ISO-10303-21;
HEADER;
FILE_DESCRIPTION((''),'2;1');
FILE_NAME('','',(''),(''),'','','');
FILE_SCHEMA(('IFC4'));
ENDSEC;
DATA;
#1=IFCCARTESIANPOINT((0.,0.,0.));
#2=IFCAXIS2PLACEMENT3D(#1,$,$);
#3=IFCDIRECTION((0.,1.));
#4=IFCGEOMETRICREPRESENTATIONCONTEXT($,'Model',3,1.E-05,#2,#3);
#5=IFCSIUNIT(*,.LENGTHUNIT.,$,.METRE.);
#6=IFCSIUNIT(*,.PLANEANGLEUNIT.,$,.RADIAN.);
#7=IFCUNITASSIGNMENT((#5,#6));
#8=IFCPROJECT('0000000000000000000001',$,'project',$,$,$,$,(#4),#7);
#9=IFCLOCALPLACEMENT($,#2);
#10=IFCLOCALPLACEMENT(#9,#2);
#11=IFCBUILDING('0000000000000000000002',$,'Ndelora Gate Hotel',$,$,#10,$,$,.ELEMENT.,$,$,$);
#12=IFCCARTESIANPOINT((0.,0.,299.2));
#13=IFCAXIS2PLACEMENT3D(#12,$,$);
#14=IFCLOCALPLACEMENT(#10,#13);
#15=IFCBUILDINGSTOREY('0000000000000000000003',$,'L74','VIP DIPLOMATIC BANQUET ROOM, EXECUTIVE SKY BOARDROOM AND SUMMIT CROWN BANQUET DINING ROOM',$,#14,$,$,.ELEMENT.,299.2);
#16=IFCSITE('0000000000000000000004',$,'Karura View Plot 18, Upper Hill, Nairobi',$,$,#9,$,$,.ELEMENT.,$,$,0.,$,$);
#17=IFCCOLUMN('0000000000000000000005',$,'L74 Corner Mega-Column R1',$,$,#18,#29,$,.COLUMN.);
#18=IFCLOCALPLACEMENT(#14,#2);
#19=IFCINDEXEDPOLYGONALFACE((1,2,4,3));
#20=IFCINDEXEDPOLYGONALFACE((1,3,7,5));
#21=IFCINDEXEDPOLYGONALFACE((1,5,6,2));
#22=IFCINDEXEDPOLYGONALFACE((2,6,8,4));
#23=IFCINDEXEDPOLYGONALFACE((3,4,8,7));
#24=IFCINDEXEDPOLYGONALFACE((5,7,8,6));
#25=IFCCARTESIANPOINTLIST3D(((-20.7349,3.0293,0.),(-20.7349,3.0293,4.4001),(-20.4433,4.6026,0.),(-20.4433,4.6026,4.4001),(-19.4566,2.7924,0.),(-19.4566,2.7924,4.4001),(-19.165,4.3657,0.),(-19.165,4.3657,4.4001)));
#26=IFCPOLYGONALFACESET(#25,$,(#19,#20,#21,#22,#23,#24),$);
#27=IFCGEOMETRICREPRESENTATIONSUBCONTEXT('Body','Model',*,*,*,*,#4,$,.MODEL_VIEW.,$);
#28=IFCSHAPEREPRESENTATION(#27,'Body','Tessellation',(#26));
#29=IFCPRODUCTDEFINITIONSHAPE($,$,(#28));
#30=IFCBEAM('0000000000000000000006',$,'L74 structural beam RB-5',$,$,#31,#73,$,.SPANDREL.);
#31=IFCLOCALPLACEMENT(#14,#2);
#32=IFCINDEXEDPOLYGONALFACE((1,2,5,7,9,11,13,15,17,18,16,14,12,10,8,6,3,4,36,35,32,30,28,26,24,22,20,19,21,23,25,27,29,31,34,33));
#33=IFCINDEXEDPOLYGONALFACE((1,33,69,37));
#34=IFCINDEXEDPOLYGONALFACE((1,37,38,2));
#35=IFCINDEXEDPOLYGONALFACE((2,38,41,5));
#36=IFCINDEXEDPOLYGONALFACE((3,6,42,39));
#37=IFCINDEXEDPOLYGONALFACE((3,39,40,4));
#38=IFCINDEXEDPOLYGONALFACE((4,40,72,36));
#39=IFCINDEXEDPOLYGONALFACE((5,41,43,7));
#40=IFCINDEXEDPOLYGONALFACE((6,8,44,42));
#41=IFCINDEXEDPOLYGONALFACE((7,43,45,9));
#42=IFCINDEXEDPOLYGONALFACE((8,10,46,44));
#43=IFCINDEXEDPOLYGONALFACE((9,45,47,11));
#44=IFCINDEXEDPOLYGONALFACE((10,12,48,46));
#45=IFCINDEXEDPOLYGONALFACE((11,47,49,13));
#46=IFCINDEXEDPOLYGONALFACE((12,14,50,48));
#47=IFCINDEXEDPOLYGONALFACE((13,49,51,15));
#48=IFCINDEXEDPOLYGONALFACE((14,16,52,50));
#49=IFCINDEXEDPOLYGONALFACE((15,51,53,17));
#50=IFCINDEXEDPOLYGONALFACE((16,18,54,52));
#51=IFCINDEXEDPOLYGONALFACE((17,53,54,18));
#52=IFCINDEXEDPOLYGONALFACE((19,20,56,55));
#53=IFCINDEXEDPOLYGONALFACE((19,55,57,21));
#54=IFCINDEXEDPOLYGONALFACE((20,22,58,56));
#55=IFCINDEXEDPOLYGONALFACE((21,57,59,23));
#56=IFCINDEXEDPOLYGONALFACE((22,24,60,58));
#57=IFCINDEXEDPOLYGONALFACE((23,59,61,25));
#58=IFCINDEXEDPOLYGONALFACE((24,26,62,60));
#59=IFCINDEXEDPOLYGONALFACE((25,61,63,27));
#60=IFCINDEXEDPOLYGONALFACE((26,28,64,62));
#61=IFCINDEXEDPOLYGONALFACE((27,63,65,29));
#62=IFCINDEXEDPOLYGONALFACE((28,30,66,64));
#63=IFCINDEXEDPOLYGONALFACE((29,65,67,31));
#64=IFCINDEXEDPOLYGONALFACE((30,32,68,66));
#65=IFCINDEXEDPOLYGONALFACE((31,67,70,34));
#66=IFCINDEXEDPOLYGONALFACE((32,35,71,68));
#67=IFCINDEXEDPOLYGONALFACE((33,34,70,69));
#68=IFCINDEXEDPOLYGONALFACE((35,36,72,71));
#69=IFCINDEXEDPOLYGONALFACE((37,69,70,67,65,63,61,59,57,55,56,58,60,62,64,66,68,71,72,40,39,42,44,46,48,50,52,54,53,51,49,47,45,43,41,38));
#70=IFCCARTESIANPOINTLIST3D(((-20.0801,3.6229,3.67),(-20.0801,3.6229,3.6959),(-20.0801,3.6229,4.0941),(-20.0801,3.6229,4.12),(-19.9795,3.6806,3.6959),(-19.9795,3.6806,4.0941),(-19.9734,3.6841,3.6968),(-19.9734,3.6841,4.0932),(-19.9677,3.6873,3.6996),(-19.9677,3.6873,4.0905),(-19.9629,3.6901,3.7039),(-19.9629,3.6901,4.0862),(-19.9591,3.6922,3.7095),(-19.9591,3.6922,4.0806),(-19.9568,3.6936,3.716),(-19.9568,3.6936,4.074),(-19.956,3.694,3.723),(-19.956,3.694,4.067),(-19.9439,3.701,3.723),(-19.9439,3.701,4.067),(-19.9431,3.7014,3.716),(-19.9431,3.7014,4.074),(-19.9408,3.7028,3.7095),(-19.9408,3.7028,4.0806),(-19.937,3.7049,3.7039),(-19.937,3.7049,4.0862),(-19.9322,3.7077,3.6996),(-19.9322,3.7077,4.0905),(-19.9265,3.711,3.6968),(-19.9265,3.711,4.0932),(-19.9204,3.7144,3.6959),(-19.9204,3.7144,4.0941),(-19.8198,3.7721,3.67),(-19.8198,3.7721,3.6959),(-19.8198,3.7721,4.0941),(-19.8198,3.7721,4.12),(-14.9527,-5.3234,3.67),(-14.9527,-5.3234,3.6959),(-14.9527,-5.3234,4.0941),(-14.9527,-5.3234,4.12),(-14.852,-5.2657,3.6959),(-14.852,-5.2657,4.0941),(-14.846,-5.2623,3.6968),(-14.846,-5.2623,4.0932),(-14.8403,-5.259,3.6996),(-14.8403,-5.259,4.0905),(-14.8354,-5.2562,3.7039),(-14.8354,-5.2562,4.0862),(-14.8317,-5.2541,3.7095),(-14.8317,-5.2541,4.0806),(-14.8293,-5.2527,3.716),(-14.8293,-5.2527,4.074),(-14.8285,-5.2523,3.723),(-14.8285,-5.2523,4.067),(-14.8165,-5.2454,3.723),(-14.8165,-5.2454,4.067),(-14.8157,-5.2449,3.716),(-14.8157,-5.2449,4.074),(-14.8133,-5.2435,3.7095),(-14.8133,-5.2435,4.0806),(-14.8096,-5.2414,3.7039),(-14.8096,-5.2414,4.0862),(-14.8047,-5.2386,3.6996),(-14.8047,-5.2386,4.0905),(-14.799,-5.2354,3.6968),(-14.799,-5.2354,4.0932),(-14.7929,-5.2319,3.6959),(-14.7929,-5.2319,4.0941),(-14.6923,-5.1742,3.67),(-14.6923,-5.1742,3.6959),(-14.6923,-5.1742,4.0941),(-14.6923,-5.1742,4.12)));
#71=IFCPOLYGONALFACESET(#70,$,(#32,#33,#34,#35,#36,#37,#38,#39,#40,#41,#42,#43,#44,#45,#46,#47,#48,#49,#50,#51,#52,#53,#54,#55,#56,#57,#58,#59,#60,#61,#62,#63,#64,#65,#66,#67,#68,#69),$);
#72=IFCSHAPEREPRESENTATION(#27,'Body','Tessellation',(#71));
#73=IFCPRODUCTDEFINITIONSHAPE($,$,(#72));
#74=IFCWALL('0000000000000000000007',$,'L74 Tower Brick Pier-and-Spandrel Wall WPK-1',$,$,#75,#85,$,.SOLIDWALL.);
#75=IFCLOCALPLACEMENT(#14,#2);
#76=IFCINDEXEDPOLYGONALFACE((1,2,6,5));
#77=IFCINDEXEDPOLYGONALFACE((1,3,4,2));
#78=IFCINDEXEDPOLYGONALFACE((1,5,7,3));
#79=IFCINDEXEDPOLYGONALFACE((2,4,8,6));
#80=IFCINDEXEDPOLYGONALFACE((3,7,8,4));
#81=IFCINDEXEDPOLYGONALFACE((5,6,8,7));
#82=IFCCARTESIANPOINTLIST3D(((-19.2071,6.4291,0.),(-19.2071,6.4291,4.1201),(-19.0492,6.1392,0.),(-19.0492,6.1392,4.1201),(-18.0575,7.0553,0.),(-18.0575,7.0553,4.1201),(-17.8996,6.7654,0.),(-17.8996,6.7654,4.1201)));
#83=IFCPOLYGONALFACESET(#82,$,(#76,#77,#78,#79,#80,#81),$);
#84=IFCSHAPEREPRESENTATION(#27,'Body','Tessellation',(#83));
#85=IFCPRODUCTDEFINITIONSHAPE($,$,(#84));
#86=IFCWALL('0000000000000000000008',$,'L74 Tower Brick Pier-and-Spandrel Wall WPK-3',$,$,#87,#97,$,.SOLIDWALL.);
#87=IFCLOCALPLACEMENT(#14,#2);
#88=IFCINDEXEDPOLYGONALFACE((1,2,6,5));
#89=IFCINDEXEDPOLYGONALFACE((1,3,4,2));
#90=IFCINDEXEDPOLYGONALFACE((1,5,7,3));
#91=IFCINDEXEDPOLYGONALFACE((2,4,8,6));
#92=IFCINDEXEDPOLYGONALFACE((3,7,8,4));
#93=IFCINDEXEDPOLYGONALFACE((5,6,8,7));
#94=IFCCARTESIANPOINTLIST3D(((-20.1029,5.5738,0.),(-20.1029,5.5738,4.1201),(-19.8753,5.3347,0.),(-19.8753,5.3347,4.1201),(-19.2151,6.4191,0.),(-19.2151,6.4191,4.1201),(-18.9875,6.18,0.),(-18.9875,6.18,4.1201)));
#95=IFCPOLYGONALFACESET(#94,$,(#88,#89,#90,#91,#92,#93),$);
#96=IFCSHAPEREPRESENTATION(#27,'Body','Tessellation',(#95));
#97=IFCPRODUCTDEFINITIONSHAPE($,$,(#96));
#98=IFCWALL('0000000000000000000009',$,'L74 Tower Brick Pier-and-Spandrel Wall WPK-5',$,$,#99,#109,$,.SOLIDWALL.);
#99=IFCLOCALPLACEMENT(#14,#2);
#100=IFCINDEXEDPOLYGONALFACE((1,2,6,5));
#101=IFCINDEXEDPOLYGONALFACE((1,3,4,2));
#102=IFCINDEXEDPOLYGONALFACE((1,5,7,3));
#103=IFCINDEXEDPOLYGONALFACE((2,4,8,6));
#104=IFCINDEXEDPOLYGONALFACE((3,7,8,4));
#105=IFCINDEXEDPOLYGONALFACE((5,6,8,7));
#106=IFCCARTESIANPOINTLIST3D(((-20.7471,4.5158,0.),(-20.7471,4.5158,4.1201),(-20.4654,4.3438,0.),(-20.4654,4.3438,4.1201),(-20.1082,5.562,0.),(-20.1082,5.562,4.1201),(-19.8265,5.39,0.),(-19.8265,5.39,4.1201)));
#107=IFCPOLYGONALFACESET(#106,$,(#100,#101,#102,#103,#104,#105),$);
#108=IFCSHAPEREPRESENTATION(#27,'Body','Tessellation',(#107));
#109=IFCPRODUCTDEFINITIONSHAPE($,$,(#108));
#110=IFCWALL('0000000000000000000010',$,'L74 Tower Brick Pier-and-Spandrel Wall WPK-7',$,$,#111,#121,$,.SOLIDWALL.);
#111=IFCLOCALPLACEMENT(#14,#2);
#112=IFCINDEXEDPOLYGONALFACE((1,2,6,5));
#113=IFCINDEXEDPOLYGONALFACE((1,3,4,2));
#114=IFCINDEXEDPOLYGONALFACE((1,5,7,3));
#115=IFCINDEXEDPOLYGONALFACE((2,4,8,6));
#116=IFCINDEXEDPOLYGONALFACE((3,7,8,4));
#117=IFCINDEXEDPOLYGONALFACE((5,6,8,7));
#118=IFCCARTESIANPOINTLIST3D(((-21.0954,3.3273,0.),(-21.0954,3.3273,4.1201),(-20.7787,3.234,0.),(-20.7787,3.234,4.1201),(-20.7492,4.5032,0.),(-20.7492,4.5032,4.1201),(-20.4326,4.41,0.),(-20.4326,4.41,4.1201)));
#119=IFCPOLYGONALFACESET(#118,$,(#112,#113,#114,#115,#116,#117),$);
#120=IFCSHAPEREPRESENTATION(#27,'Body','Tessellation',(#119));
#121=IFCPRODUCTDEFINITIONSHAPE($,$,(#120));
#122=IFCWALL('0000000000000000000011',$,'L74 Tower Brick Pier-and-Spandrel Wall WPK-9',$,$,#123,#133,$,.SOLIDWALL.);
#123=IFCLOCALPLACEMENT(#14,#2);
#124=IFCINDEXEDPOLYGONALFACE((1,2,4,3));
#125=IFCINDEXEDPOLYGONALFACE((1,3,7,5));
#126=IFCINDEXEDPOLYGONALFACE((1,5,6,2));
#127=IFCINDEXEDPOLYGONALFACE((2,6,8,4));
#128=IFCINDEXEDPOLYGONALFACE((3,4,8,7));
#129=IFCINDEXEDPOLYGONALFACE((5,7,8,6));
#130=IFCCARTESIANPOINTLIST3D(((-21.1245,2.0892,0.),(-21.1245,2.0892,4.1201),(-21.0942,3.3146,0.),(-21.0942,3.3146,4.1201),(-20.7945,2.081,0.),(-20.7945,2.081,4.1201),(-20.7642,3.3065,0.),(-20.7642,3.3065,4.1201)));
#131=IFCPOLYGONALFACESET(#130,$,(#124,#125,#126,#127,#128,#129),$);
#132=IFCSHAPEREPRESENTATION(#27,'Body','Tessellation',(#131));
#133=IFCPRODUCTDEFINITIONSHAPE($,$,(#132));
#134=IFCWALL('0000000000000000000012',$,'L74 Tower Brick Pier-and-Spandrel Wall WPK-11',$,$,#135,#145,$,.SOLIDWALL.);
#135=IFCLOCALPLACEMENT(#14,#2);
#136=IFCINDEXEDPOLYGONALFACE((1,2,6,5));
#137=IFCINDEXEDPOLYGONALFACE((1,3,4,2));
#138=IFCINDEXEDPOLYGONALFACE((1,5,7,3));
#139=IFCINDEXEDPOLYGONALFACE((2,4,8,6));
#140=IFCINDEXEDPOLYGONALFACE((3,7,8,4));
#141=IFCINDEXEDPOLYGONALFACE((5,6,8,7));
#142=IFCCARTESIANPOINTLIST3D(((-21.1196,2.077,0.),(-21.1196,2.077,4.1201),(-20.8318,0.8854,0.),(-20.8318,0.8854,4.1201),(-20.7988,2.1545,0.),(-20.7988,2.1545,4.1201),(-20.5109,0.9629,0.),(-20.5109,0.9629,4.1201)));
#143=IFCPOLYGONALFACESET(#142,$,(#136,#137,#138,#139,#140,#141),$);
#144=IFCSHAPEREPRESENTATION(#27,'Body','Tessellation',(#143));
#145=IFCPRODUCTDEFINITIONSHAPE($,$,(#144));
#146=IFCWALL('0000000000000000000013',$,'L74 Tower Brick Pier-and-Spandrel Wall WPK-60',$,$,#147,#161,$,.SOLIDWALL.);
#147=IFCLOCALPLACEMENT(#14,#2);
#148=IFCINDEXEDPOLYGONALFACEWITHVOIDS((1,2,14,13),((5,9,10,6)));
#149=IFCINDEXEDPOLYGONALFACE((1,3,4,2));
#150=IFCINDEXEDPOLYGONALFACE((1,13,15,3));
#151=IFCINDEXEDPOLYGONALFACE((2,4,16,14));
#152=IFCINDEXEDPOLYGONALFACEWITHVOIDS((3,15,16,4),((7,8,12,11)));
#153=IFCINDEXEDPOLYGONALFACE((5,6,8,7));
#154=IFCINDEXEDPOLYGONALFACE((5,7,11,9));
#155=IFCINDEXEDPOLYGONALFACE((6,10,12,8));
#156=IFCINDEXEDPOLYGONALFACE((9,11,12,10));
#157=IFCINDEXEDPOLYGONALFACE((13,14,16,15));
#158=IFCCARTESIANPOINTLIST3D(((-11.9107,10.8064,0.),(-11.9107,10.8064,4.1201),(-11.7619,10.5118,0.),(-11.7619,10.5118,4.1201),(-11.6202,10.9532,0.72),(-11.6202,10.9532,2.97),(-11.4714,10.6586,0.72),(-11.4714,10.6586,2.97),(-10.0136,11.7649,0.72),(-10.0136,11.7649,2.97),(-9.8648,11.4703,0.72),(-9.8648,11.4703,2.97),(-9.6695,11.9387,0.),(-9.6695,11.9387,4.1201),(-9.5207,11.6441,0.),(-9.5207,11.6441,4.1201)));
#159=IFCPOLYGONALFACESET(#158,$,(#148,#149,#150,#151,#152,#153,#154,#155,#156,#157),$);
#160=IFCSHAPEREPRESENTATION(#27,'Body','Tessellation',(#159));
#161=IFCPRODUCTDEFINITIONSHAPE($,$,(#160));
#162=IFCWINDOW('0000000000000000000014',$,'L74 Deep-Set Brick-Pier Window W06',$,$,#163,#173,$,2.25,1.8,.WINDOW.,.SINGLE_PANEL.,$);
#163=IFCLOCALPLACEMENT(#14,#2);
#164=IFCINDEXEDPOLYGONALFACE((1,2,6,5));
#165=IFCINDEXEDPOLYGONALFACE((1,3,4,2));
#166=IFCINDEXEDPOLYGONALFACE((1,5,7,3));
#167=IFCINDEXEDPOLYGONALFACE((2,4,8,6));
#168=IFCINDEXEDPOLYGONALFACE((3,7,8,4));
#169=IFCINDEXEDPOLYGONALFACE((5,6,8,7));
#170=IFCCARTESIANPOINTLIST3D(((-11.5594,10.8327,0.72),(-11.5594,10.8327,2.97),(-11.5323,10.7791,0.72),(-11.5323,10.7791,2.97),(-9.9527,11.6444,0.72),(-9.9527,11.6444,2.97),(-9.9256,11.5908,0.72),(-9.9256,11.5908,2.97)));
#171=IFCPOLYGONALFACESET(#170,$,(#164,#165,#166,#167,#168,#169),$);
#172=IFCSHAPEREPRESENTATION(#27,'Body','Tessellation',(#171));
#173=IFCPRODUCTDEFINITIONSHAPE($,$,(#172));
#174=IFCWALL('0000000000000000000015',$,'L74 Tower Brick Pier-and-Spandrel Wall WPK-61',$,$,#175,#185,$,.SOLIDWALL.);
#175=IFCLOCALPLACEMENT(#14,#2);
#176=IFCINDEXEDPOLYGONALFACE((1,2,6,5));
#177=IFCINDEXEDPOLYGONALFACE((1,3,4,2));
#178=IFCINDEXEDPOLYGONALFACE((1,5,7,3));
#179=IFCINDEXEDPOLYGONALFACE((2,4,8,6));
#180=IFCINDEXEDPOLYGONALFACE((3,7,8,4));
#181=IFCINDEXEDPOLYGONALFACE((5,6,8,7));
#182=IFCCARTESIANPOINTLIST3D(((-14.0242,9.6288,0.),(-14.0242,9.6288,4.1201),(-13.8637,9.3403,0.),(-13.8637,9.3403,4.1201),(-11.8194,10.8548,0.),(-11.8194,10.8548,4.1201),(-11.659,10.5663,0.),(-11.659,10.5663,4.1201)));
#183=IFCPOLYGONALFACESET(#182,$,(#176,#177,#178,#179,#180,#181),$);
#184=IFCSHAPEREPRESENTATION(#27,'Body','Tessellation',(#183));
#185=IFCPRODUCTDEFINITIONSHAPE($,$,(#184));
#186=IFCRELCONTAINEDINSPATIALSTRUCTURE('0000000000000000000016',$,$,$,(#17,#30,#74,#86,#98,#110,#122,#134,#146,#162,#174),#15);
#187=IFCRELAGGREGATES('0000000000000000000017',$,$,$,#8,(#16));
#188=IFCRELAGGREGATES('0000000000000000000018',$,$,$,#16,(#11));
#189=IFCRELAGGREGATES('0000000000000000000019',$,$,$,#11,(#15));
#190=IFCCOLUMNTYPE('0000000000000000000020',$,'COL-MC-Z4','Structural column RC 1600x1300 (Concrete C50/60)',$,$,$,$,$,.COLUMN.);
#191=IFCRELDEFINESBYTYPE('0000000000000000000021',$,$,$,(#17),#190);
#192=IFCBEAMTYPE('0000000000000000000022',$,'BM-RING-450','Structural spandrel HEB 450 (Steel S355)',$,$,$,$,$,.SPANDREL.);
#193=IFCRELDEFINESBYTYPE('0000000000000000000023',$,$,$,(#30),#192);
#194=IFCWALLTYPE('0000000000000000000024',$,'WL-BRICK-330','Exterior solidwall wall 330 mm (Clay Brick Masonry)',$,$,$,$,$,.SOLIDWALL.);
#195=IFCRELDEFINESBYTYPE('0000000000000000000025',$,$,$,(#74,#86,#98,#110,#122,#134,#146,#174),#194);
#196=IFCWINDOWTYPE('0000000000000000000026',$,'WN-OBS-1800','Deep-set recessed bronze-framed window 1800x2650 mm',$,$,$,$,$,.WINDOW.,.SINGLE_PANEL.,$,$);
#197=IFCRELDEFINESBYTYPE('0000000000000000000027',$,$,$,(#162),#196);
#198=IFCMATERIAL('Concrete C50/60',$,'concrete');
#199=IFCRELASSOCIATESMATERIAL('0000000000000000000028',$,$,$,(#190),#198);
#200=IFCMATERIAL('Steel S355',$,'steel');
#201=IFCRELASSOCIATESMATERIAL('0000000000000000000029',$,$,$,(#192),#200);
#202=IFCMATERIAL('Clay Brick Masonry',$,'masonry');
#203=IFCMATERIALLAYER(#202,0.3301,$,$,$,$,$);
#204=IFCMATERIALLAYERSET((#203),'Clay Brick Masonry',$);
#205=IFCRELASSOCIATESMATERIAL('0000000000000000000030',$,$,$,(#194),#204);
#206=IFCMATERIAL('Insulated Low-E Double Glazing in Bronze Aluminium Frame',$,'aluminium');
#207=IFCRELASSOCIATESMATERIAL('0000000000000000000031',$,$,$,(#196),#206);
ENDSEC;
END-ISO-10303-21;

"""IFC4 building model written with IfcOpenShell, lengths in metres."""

from ifc_helpers import new_model, si_unit, direction, frame, frame_2d, origin, origin_2d, place, context, subcontext, project, spatial, rectangle, i_section, extrude, material, layer, layer_set, material_profile, profile_set, type_object, element, fill, save


model = new_model("IFC4")

# Units and contexts
model_context = context("Model", 3, precision=1e-05, world=origin(), true_north=direction((0.0, 1.0)))
body_context = subcontext(model_context, "Body", "Model", "MODEL_VIEW")
ifc_project = project(units=[si_unit("LENGTHUNIT", "METRE"), si_unit("PLANEANGLEUNIT", "RADIAN")], contexts=[model_context])

# Site, building, storey
site_placement = place(None, origin())
site = spatial("IfcSite", under=ifc_project, at=site_placement, Name="Karura View Plot 18, Upper Hill, Nairobi", CompositionType="ELEMENT", RefElevation=0.0)
building_placement = place(site_placement, origin())
building = spatial("IfcBuilding", under=site, at=building_placement, Name="Ndelora Gate Hotel", CompositionType="ELEMENT")
storey_placement = place(building_placement, frame((0.0, 0.0, 299.2)))
storey = spatial("IfcBuildingStorey", under=building, at=storey_placement, Name="L74", Description="VIP DIPLOMATIC BANQUET ROOM, EXECUTIVE SKY BOARDROOM AND SUMMIT CROWN BANQUET DINING ROOM", CompositionType="ELEMENT", Elevation=299.2)

# Column
ifc_material_1 = material(Name="Concrete C50/60", Category="concrete")
ifc_material_profile_1 = material_profile(ifc_material_1, rectangle(XDim=1.3, YDim=1.6001, at=origin_2d()), Name="RC 1600x1300")
ifc_profile_set_1 = profile_set([ifc_material_profile_1], Name="Concrete C50/60")
column_type = type_object("IfcColumnType", Name="COL-MC-Z4", Description="Structural column RC 1600x1300 (Concrete C50/60)", PredefinedType="COLUMN", material=ifc_profile_set_1)
column_placement = place(storey_placement, frame((-19.95, 3.6975, 0.0), z_axis=(0.0, 0.0, 1.0), x_axis=(-0.983255, 0.182236, 0.0)))
element("IfcColumn", 1, at=column_placement, inside=storey, type_object=column_type, Name="L74 Corner Mega-Column R1", PredefinedType="COLUMN", context=body_context, shape_type="SweptSolid", body=[
    extrude(rectangle(XDim=1.3, YDim=1.6001, at=origin_2d()), origin(), (0.0, 0.0, 1.0), 4.4001),
])

# Beam
ifc_material_2 = material(Name="Steel S355", Category="steel")
ifc_material_profile_2 = material_profile(ifc_material_2, i_section(OverallWidth=0.3, OverallDepth=0.45, WebThickness=0.0139, FlangeThickness=0.0259, FilletRadius=0.0271, at=origin_2d()), Name="HEB 450")
ifc_profile_set_2 = profile_set([ifc_material_profile_2], Name="Steel S355")
beam_type = type_object("IfcBeamType", Name="BM-RING-450", Description="Structural spandrel HEB 450 (Steel S355)", PredefinedType="SPANDREL", material=ifc_profile_set_2)
beam_placement = place(storey_placement, frame((-19.95, 3.6975, 3.895), z_axis=(0.497255, -0.867604, 0.0), x_axis=(0.867604, 0.497255, 0.0)))
element("IfcBeam", 2, at=beam_placement, inside=storey, type_object=beam_type, Name="L74 structural beam RB-5", PredefinedType="SPANDREL", context=body_context, shape_type="SweptSolid", body=[
    extrude(i_section(OverallWidth=0.3, OverallDepth=0.45, WebThickness=0.0139, FlangeThickness=0.0259, FilletRadius=0.0271, at=origin_2d()), origin(), (0.0, 0.0, 1.0), 10.3115),
])

# Walls
ifc_material_3 = material(Name="Clay Brick Masonry", Category="masonry")
ifc_layer_1 = layer(ifc_material_3, 0.3301)
ifc_layer_set_1 = layer_set([ifc_layer_1], Name="Clay Brick Masonry")
wall_type_1 = type_object("IfcWallType", Name="WL-BRICK-330", Description="Exterior solidwall wall 330 mm (Clay Brick Masonry)", PredefinedType="SOLIDWALL", material=ifc_layer_set_1)
wall_1_placement = place(storey_placement, frame((-19.1282, 6.2842, 0.0), z_axis=(0.0, 0.0, 1.0), x_axis=(0.878173, 0.478342, 0.0)))
element("IfcWall", 3, at=wall_1_placement, inside=storey, type_object=wall_type_1, Name="L74 Tower Brick Pier-and-Spandrel Wall WPK-1", PredefinedType="SOLIDWALL", context=body_context, shape_type="SweptSolid", body=[
    extrude(rectangle(XDim=1.3091, YDim=0.3301, at=frame_2d((0.6545, 0.0))), origin(), (0.0, 0.0, 1.0), 4.1201),
])
for number, where, z_axis, x_axis, name in (
    (4, (-19.989, 5.4543, 0.0), (0.0, 0.0, 1.0), (0.724223, 0.689566, 0.0), "L74 Tower Brick Pier-and-Spandrel Wall WPK-3"),
    (5, (-20.6062, 4.4299, 0.0), (0.0, 0.0, 1.0), (0.521216, 0.853425, 0.0), "L74 Tower Brick Pier-and-Spandrel Wall WPK-5"),
    (6, (-20.937, 3.2808, 0.0), (0.0, 0.0, 1.0), (0.282393, 0.959299, 0.0), "L74 Tower Brick Pier-and-Spandrel Wall WPK-7"),
    (7, (-20.9595, 2.0852, 0.0), (0.0, 0.0, 1.0), (0.024699, 0.999695, 0.0), "L74 Tower Brick Pier-and-Spandrel Wall WPK-9"),
    (8, (-20.6714, 0.9243, 0.0), (0.0, 0.0, 1.0), (-0.234796, 0.972045, 0.0), "L74 Tower Brick Pier-and-Spandrel Wall WPK-11"),
):
    element("IfcWall", number, at=place(storey_placement, frame(where, z_axis=z_axis, x_axis=x_axis)), inside=storey, type_object=wall_type_1, Name=name, PredefinedType="SOLIDWALL", context=body_context, shape_type="SweptSolid", body=[
        extrude(rectangle(XDim=1.2258, YDim=0.3301, at=frame_2d((0.6128, 0.0))), origin(), (0.0, 0.0, 1.0), 4.1201),
    ])

# Wall, opening, window
wall_2_placement = place(storey_placement, frame((-11.8362, 10.6592, 0.0), z_axis=(0.0, 0.0, 1.0), x_axis=(0.892553, 0.450943, 0.0)))
wall_2 = element("IfcWall", 9, at=wall_2_placement, inside=storey, type_object=wall_type_1, Name="L74 Tower Brick Pier-and-Spandrel Wall WPK-60", PredefinedType="SOLIDWALL", context=body_context, shape_type="SweptSolid", body=[
    extrude(rectangle(XDim=2.511, YDim=0.3301, at=frame_2d((1.2554, 0.0))), origin(), (0.0, 0.0, 1.0), 4.1201),
])
opening_1_placement = place(wall_2_placement, frame((0.3254, 0.0, 0.72)))
opening_1 = element("IfcOpeningElement", 10, at=opening_1_placement, cuts=wall_2, PredefinedType="OPENING", context=body_context, shape_type="SweptSolid", body=[
    extrude(rectangle(XDim=1.8, YDim=2.25, at=frame_2d((0.8999, 1.125))), frame((0.0, 0.175, 0.0), z_axis=(0.0, -1.0, 0.0), x_axis=(1.0, 0.0, 0.0)), (0.0, 0.0, 1.0), 0.3501),
])
ifc_material_4 = material(Name="Insulated Low-E Double Glazing in Bronze Aluminium Frame", Category="aluminium")
window_type = type_object("IfcWindowType", Name="WN-OBS-1800", Description="Deep-set recessed bronze-framed window 1800x2650 mm", PartitioningType="SINGLE_PANEL", PredefinedType="WINDOW", material=ifc_material_4)
window_1_placement = place(opening_1_placement, origin())
window_1 = element("IfcWindow", 11, at=window_1_placement, inside=storey, type_object=window_type, Name="L74 Deep-Set Brick-Pier Window W06", OverallHeight=2.25, OverallWidth=1.8, PartitioningType="SINGLE_PANEL", PredefinedType="WINDOW", context=body_context, shape_type="SweptSolid", body=[
    extrude(rectangle(XDim=1.8, YDim=2.25, at=frame_2d((0.8999, 1.125))), frame((0.0, 0.03, 0.0), z_axis=(0.0, -1.0, 0.0), x_axis=(1.0, 0.0, 0.0)), (0.0, 0.0, 1.0), 0.0601),
])
fill(opening_1, window_1)

# Wall
wall_3_placement = place(storey_placement, frame((-13.9438, 9.4846, 0.0), z_axis=(0.0, 0.0, 1.0), x_axis=(0.873961, 0.485996, 0.0)))
element("IfcWall", 12, at=wall_3_placement, inside=storey, type_object=wall_type_1, Name="L74 Tower Brick Pier-and-Spandrel Wall WPK-61", PredefinedType="SOLIDWALL", context=body_context, shape_type="SweptSolid", body=[
    extrude(rectangle(XDim=2.5227, YDim=0.3301, at=frame_2d((1.2612, 0.0))), origin(), (0.0, 0.0, 1.0), 4.1201),
])

save(model, "model.ifc")
